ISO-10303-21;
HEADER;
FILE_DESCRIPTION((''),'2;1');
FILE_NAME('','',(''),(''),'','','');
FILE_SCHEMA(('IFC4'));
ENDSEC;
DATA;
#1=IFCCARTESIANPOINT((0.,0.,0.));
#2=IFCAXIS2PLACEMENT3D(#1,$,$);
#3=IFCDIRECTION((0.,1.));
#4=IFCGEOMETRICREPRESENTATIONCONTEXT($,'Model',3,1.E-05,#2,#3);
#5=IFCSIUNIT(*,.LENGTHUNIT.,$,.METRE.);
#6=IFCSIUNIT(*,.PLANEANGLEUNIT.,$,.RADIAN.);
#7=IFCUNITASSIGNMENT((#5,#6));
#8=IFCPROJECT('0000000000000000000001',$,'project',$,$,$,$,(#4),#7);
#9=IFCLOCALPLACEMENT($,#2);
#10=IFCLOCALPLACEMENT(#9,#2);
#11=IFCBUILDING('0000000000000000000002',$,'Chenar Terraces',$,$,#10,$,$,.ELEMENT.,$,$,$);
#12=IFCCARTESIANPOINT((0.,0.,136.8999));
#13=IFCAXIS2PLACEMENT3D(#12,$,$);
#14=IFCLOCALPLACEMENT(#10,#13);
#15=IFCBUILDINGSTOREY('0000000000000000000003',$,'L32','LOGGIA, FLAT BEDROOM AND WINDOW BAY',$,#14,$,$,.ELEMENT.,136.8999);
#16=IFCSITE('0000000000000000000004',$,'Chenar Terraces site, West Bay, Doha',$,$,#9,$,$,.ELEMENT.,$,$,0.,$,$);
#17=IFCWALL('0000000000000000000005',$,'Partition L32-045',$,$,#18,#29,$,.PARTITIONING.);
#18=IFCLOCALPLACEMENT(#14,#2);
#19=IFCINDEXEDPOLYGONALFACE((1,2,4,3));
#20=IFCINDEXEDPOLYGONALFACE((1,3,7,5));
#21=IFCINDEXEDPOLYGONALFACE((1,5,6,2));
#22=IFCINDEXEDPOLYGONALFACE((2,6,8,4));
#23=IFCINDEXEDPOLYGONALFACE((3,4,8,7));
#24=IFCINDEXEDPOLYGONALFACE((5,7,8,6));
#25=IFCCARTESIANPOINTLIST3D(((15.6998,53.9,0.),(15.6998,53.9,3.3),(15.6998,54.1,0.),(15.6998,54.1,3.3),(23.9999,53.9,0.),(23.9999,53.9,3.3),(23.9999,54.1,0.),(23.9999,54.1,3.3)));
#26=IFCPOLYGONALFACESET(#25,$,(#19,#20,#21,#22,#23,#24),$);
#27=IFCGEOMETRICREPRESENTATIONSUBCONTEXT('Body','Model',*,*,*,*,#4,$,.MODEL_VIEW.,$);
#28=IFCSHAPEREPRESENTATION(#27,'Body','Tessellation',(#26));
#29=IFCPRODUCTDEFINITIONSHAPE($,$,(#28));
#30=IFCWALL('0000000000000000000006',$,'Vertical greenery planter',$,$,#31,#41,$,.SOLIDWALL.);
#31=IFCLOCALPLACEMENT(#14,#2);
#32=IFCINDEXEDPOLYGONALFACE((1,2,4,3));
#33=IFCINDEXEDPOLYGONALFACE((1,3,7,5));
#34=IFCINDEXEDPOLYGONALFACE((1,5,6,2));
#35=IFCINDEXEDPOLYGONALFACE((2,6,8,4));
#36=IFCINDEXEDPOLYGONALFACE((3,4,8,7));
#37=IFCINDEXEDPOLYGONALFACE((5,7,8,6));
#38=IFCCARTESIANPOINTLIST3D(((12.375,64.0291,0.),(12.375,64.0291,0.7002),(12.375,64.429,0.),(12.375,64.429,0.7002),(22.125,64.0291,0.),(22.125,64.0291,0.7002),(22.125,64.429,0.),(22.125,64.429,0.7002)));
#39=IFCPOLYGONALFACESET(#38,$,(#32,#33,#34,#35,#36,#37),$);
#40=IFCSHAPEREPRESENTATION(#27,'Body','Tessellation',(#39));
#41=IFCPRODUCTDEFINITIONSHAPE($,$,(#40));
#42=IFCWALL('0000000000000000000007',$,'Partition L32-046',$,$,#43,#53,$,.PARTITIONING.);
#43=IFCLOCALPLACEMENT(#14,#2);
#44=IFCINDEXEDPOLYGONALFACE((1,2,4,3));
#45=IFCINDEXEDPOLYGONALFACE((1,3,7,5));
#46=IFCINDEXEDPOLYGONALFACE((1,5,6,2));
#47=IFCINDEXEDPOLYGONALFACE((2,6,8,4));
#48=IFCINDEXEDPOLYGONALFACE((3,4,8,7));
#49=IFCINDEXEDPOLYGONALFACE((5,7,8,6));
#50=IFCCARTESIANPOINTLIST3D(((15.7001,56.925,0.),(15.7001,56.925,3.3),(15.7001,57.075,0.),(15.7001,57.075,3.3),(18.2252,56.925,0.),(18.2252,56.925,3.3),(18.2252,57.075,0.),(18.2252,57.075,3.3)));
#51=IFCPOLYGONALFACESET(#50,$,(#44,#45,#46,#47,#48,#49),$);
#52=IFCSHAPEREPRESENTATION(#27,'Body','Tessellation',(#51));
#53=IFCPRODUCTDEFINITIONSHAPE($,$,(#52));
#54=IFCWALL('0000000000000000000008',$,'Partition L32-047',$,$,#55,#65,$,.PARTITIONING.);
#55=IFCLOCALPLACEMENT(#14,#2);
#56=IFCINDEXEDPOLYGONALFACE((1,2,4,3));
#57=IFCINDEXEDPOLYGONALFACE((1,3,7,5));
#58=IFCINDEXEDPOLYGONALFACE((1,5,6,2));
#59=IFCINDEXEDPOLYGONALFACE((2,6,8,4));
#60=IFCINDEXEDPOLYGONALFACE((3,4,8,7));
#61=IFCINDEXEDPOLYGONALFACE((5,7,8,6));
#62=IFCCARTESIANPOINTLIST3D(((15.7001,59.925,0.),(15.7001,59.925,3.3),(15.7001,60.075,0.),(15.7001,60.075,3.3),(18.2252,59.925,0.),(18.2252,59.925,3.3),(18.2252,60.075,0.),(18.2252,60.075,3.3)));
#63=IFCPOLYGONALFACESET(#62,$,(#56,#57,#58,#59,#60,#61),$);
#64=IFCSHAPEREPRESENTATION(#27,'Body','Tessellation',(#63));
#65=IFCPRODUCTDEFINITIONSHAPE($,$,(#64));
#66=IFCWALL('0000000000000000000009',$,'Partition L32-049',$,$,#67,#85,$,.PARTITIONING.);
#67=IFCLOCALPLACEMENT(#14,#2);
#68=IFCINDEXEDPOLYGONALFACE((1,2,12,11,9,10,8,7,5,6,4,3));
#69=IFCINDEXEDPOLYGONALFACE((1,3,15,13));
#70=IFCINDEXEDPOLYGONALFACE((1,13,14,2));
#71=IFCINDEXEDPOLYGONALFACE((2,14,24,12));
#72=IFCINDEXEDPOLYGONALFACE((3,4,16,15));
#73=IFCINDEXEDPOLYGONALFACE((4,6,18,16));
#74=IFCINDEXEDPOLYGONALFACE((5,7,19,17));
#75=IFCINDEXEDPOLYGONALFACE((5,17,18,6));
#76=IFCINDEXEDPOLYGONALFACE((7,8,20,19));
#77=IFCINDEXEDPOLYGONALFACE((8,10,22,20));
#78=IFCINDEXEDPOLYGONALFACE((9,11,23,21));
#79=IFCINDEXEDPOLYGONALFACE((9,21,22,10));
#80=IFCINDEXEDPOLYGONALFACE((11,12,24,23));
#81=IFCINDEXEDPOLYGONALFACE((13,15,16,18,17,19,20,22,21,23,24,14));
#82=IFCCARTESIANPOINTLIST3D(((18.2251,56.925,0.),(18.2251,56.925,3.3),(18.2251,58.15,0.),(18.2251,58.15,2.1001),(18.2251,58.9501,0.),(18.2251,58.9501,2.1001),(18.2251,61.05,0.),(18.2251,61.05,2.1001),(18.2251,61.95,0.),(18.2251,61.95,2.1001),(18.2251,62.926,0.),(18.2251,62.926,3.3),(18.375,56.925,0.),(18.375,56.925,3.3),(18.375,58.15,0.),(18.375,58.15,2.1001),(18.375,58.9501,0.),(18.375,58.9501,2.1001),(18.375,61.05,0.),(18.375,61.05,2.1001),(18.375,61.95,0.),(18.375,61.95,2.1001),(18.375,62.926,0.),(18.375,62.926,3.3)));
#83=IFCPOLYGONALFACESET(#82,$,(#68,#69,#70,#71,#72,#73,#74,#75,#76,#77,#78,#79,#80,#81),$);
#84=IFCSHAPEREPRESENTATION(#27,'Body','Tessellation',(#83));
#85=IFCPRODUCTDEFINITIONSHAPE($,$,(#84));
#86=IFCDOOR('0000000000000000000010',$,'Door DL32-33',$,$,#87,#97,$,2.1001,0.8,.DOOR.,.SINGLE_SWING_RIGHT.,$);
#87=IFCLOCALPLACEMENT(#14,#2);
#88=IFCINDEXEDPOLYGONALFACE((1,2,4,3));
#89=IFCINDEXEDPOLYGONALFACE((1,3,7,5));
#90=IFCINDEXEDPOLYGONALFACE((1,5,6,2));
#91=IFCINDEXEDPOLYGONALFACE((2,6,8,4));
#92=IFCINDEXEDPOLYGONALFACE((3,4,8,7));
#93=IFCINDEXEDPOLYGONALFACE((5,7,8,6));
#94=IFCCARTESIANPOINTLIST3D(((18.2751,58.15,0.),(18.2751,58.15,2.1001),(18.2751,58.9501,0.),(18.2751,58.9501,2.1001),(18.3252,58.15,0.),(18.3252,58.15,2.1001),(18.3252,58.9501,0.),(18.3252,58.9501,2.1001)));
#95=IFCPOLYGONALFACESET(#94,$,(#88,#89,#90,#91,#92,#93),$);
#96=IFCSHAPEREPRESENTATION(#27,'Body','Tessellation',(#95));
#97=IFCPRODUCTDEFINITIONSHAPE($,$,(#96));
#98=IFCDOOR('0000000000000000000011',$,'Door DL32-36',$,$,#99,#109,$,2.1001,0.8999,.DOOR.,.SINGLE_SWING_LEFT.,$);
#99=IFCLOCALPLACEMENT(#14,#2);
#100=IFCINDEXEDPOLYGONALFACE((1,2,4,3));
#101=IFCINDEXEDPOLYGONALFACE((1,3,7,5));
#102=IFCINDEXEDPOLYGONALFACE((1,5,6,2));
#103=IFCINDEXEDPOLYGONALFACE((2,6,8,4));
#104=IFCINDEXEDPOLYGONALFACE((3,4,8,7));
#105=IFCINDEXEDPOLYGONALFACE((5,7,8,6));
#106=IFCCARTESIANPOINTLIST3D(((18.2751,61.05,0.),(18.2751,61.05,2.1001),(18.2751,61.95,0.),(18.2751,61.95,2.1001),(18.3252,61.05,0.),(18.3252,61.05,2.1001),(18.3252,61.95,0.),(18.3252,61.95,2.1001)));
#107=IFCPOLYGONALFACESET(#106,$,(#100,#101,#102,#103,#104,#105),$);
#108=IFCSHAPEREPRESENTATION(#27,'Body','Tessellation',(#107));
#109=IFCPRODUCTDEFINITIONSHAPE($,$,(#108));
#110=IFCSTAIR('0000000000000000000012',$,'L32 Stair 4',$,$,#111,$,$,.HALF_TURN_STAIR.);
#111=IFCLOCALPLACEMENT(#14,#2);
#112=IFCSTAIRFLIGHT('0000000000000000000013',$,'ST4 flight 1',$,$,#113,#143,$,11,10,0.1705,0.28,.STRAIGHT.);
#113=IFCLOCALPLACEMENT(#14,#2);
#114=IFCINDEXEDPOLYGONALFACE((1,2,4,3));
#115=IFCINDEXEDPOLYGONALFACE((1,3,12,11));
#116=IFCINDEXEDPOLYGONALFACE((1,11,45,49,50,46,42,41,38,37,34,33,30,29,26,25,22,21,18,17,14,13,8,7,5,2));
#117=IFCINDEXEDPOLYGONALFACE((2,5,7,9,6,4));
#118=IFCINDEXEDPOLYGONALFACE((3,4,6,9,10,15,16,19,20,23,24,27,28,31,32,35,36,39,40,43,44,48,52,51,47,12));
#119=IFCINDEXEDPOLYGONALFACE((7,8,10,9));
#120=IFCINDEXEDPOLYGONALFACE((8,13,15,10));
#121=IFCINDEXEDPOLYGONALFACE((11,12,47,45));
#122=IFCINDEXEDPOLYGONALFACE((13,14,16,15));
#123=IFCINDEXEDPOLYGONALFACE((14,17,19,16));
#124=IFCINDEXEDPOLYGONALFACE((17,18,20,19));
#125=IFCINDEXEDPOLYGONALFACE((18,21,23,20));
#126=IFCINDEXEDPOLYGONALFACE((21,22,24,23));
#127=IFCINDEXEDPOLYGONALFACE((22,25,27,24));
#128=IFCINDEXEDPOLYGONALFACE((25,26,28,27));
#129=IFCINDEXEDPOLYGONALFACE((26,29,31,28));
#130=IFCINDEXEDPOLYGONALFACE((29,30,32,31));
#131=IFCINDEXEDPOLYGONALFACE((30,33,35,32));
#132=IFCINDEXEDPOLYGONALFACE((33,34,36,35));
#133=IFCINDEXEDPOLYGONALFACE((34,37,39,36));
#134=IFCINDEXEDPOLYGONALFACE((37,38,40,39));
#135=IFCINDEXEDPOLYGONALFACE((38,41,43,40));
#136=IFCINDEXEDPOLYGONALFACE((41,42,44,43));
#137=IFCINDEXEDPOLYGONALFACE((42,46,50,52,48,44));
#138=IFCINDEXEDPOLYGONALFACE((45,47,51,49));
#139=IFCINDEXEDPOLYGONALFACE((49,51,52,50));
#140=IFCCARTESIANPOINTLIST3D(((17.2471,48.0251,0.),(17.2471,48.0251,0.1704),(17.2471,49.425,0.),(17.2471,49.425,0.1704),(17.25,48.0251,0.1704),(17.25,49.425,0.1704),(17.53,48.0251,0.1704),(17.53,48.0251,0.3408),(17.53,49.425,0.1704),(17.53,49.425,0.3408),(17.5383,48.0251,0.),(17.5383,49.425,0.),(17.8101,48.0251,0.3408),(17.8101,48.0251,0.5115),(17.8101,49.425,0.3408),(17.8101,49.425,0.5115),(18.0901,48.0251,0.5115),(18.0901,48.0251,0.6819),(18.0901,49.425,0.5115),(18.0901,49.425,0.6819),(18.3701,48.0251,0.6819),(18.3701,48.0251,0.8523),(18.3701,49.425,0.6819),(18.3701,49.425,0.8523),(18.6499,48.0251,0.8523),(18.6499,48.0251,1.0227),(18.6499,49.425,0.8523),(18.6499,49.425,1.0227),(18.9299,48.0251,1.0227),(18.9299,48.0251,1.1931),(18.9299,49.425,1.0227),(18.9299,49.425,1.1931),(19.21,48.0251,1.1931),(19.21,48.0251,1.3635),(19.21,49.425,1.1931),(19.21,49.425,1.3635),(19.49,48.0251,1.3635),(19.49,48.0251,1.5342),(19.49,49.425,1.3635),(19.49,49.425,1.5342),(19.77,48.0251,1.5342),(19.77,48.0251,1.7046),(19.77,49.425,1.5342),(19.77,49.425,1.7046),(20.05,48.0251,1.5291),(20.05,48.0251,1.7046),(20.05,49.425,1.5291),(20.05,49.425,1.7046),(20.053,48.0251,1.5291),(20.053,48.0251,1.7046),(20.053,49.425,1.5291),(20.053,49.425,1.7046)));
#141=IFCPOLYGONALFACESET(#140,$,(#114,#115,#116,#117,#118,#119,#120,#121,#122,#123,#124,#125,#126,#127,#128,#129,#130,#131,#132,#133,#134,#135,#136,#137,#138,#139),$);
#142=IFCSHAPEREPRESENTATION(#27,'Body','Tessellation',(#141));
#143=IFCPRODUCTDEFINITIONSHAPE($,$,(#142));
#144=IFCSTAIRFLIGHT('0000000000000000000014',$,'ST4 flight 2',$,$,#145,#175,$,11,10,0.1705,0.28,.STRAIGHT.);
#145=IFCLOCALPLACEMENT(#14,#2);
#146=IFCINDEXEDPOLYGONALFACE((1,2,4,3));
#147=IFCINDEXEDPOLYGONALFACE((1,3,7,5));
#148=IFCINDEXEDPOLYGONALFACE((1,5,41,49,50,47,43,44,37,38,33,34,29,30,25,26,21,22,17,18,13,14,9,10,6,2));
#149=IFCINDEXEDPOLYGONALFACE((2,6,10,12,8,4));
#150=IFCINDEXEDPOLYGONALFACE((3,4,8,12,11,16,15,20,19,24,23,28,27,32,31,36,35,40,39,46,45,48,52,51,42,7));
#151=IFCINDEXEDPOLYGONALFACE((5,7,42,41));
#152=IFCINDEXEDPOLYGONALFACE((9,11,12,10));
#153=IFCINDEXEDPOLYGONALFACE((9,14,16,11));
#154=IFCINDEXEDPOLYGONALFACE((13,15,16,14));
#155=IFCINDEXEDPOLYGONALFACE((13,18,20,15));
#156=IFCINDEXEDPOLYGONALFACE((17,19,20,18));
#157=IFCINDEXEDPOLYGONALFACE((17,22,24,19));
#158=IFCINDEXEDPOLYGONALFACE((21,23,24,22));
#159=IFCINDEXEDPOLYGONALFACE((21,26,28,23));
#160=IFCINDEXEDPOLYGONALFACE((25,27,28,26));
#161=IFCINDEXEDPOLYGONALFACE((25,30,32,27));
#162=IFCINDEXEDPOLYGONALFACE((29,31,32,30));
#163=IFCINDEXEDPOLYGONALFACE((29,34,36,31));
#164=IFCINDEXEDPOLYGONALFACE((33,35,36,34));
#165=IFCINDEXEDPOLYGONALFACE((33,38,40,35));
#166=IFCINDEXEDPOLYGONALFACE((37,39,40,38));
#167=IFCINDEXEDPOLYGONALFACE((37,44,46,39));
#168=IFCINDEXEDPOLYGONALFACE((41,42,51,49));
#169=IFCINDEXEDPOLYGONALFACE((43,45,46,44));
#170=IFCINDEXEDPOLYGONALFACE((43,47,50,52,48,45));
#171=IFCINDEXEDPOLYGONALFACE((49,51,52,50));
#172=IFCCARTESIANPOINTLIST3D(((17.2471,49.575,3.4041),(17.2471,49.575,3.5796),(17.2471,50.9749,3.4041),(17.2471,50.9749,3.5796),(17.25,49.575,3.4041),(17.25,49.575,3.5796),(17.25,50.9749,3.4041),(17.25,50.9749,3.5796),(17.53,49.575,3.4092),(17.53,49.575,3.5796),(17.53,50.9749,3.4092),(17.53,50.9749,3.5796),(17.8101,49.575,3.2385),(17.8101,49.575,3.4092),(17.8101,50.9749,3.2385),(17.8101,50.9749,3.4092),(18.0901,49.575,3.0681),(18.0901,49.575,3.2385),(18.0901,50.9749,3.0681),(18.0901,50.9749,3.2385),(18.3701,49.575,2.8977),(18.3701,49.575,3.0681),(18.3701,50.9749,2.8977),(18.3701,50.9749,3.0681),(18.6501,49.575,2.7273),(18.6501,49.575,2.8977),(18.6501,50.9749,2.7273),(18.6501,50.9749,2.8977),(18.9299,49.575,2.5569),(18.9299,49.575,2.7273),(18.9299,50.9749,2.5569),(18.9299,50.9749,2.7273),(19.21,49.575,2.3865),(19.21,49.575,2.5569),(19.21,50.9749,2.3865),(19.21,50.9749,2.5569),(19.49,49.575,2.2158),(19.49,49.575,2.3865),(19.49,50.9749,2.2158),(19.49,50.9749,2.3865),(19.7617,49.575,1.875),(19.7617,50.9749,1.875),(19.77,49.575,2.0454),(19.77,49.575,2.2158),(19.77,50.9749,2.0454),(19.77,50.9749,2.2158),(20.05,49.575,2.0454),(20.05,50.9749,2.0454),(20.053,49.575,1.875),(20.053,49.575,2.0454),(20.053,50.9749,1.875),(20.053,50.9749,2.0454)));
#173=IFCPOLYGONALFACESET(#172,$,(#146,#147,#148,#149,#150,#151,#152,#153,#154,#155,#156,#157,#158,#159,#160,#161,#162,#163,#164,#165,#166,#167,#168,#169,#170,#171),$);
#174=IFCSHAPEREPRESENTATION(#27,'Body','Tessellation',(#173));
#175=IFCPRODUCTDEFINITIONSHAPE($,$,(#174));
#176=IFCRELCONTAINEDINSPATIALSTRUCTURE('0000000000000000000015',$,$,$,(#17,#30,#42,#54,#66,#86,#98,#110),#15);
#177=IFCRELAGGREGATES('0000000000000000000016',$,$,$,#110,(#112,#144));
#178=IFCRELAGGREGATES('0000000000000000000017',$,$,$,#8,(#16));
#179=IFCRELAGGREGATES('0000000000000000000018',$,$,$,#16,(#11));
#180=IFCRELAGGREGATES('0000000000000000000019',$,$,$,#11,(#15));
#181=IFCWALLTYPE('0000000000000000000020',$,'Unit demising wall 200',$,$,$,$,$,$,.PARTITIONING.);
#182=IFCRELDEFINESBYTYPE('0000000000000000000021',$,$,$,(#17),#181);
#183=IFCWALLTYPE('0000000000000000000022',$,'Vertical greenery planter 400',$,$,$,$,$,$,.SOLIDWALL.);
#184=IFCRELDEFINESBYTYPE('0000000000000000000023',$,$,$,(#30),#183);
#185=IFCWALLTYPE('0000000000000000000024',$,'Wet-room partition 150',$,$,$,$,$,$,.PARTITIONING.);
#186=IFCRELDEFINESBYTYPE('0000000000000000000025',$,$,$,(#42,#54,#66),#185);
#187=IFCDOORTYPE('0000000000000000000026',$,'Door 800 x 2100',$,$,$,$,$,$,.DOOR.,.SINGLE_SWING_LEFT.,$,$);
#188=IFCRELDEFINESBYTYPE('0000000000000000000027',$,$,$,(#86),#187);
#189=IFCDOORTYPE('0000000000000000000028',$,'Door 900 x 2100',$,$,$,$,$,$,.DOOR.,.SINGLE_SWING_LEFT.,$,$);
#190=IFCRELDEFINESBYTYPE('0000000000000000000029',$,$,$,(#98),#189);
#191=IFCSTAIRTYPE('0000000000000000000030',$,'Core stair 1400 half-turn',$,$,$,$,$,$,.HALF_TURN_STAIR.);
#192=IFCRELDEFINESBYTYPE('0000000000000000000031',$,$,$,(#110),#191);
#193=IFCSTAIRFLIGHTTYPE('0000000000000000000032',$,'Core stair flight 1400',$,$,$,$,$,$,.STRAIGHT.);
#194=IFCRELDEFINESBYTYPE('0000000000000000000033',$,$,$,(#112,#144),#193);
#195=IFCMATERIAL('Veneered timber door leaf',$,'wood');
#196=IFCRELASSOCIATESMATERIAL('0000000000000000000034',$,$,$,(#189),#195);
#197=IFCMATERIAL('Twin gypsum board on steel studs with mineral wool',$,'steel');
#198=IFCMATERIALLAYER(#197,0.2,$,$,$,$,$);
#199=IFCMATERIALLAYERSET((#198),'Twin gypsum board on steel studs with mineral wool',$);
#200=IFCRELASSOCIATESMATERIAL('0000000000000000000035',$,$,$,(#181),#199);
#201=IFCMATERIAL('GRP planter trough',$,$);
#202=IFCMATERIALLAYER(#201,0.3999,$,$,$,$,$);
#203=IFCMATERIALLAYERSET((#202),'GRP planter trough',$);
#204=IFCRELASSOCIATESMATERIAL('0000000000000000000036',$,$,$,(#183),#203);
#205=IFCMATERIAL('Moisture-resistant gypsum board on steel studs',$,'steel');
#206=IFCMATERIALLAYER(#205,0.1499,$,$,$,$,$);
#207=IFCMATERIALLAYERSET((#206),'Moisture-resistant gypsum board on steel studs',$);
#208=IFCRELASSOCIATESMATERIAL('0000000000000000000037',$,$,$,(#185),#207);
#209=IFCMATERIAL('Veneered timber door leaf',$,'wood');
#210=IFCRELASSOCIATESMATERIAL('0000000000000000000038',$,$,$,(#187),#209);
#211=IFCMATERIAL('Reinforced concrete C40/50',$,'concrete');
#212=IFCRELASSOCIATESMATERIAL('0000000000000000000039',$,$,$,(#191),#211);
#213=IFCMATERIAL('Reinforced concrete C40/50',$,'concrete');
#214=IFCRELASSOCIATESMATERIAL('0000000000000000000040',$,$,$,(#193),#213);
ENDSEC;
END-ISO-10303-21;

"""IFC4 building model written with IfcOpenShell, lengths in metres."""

from ifc_helpers import new_model, si_unit, direction, frame, frame_2d, origin, place, context, subcontext, project, spatial, polyline, rectangle, outline, extrude, material, layer, layer_set, type_object, element, fill, aggregate, save


model = new_model("IFC4")

# Units and contexts
model_context = context("Model", 3, precision=1e-05, world=origin(), true_north=direction((0.0, 1.0)))
body_context = subcontext(model_context, "Body", "Model", "MODEL_VIEW")
ifc_project = project(units=[si_unit("LENGTHUNIT", "METRE"), si_unit("PLANEANGLEUNIT", "RADIAN")], contexts=[model_context])

# Site, building, storey
site_placement = place(None, origin())
site = spatial("IfcSite", under=ifc_project, at=site_placement, Name="Chenar Terraces site, West Bay, Doha", CompositionType="ELEMENT", RefElevation=0.0)
building_placement = place(site_placement, origin())
building = spatial("IfcBuilding", under=site, at=building_placement, Name="Chenar Terraces", CompositionType="ELEMENT")
storey_placement = place(building_placement, frame((0.0, 0.0, 136.8999)))
storey = spatial("IfcBuildingStorey", under=building, at=storey_placement, Name="L32", Description="LOGGIA, FLAT BEDROOM AND WINDOW BAY", CompositionType="ELEMENT", Elevation=136.8999)

# Shared definitions
ifc_material_1 = material(Name="Veneered timber door leaf", Category="wood")
door_type_1 = type_object("IfcDoorType", Name="Door 900 x 2100", OperationType="SINGLE_SWING_LEFT", PredefinedType="DOOR", material=ifc_material_1)

# Walls
ifc_material_2 = material(Name="Twin gypsum board on steel studs with mineral wool", Category="steel")
ifc_layer_1 = layer(ifc_material_2, 0.2)
ifc_layer_set_1 = layer_set([ifc_layer_1], Name="Twin gypsum board on steel studs with mineral wool")
wall_type_1 = type_object("IfcWallType", Name="Unit demising wall 200", PredefinedType="PARTITIONING", material=ifc_layer_set_1)
wall_1_placement = place(storey_placement, frame((15.7, 54.0, 0.0), z_axis=(0.0, 0.0, 1.0), x_axis=(1.0, 0.0, 0.0)))
element("IfcWall", 1, at=wall_1_placement, inside=storey, type_object=wall_type_1, Name="Partition L32-045", PredefinedType="PARTITIONING", context=body_context, shape_type="SweptSolid", body=[
    extrude(rectangle(XDim=8.3, YDim=0.2, at=frame_2d((4.1499, 0.0))), origin(), (0.0, 0.0, 1.0), 3.3),
])
ifc_material_3 = material(Name="GRP planter trough")
ifc_layer_2 = layer(ifc_material_3, 0.3999)
ifc_layer_set_2 = layer_set([ifc_layer_2], Name="GRP planter trough")
wall_type_2 = type_object("IfcWallType", Name="Vertical greenery planter 400", PredefinedType="SOLIDWALL", material=ifc_layer_set_2)
wall_2_placement = place(storey_placement, frame((22.125, 64.229, 0.0), z_axis=(0.0, 0.0, 1.0), x_axis=(-1.0, 0.0, 0.0)))
element("IfcWall", 2, at=wall_2_placement, inside=storey, type_object=wall_type_2, Name="Vertical greenery planter", PredefinedType="SOLIDWALL", context=body_context, shape_type="SweptSolid", body=[
    extrude(rectangle(XDim=9.75, YDim=0.3999, at=frame_2d((4.875, 0.0))), origin(), (0.0, 0.0, 1.0), 0.7002),
])
ifc_material_4 = material(Name="Moisture-resistant gypsum board on steel studs", Category="steel")
ifc_layer_3 = layer(ifc_material_4, 0.1499)
ifc_layer_set_3 = layer_set([ifc_layer_3], Name="Moisture-resistant gypsum board on steel studs")
wall_type_3 = type_object("IfcWallType", Name="Wet-room partition 150", PredefinedType="PARTITIONING", material=ifc_layer_set_3)
for number, where, z_axis, x_axis, name in (
    (3, (15.7, 57.0, 0.0), (0.0, 0.0, 1.0), (1.0, 0.0, 0.0), "Partition L32-046"),
    (4, (15.7, 60.0, 0.0), (0.0, 0.0, 1.0), (1.0, 0.0, 0.0), "Partition L32-047"),
):
    element("IfcWall", number, at=place(storey_placement, frame(where, z_axis=z_axis, x_axis=x_axis)), inside=storey, type_object=wall_type_3, Name=name, PredefinedType="PARTITIONING", context=body_context, shape_type="SweptSolid", body=[
        extrude(rectangle(XDim=2.5251, YDim=0.1499, at=frame_2d((1.2627, 0.0))), origin(), (0.0, 0.0, 1.0), 3.3),
    ])

# Wall, openings, doors
wall_3_placement = place(storey_placement, frame((18.3, 56.925, 0.0), z_axis=(0.0, 0.0, 1.0), x_axis=(0.0, 1.0, 0.0)))
wall_3 = element("IfcWall", 5, at=wall_3_placement, inside=storey, type_object=wall_type_3, Name="Partition L32-049", PredefinedType="PARTITIONING", context=body_context, shape_type="SweptSolid", body=[
    extrude(rectangle(XDim=6.001, YDim=0.1499, at=frame_2d((3.0005, 0.0))), origin(), (0.0, 0.0, 1.0), 3.3),
])
opening_1_placement = place(wall_3_placement, frame((1.2251, 0.0, 0.0)))
opening_1 = element("IfcOpeningElement", 6, at=opening_1_placement, cuts=wall_3, PredefinedType="OPENING", context=body_context, shape_type="SweptSolid", body=[
    extrude(rectangle(XDim=0.8, YDim=2.1001, at=frame_2d((0.3999, 1.05))), frame((0.0, 0.085, 0.0), z_axis=(0.0, -1.0, 0.0), x_axis=(1.0, 0.0, 0.0)), (0.0, 0.0, 1.0), 0.1699),
])
opening_2_placement = place(wall_3_placement, frame((4.125, 0.0, 0.0)))
opening_2 = element("IfcOpeningElement", 7, at=opening_2_placement, cuts=wall_3, PredefinedType="OPENING", context=body_context, shape_type="SweptSolid", body=[
    extrude(rectangle(XDim=0.8999, YDim=2.1001, at=frame_2d((0.45, 1.05))), frame((0.0, 0.085, 0.0), z_axis=(0.0, -1.0, 0.0), x_axis=(1.0, 0.0, 0.0)), (0.0, 0.0, 1.0), 0.1699),
])
ifc_material_5 = material(Name="Veneered timber door leaf", Category="wood")
door_type_2 = type_object("IfcDoorType", Name="Door 800 x 2100", OperationType="SINGLE_SWING_LEFT", PredefinedType="DOOR", material=ifc_material_5)
door_1_placement = place(opening_1_placement, origin())
door_1 = element("IfcDoor", 8, at=door_1_placement, inside=storey, type_object=door_type_2, Name="Door DL32-33", OperationType="SINGLE_SWING_RIGHT", OverallHeight=2.1001, OverallWidth=0.8, PredefinedType="DOOR", context=body_context, shape_type="SweptSolid", body=[
    extrude(rectangle(XDim=0.8, YDim=2.1001, at=frame_2d((0.3999, 1.05))), frame((0.0, 0.0249, 0.0), z_axis=(0.0, -1.0, 0.0), x_axis=(1.0, 0.0, 0.0)), (0.0, 0.0, 1.0), 0.05),
])
fill(opening_1, door_1)
door_2_placement = place(opening_2_placement, origin())
door_2 = element("IfcDoor", 9, at=door_2_placement, inside=storey, type_object=door_type_1, Name="Door DL32-36", OperationType="SINGLE_SWING_LEFT", OverallHeight=2.1001, OverallWidth=0.8999, PredefinedType="DOOR", context=body_context, shape_type="SweptSolid", body=[
    extrude(rectangle(XDim=0.8999, YDim=2.1001, at=frame_2d((0.45, 1.05))), frame((0.0, 0.0249, 0.0), z_axis=(0.0, -1.0, 0.0), x_axis=(1.0, 0.0, 0.0)), (0.0, 0.0, 1.0), 0.05),
])
fill(opening_2, door_2)

# Stair, stair flights
ifc_material_6 = material(Name="Reinforced concrete C40/50", Category="concrete")
stair_type = type_object("IfcStairType", Name="Core stair 1400 half-turn", PredefinedType="HALF_TURN_STAIR", material=ifc_material_6)
stair_placement = place(storey_placement, origin())
stair = element("IfcStair", 10, at=stair_placement, inside=storey, type_object=stair_type, Name="L32 Stair 4", PredefinedType="HALF_TURN_STAIR")
ifc_material_7 = material(Name="Reinforced concrete C40/50", Category="concrete")
stair_flight_type = type_object("IfcStairFlightType", Name="Core stair flight 1400", PredefinedType="STRAIGHT", material=ifc_material_7)
stair_flight_1_placement = place(storey_placement, frame((17.25, 48.7251, 0.0), z_axis=(0.0, 0.0, 1.0), x_axis=(1.0, 0.0, 0.0)))
stair_flight_1 = element("IfcStairFlight", 11, at=stair_flight_1_placement, type_object=stair_flight_type, Name="ST4 flight 1", NumberOfRisers=11, NumberOfTreads=10, PredefinedType="STRAIGHT", RiserHeight=0.1705, TreadLength=0.28, context=body_context, shape_type="SweptSolid", body=[
    extrude(outline(polyline([(-0.0029, 0.0), (-0.0029, 0.1704), (0.0, 0.1704), (0.28, 0.1704), (0.28, 0.3408), (0.5601, 0.3408), (0.5601, 0.5115), (0.8401, 0.5115), (0.8401, 0.6819), (1.1201, 0.6819), (1.1201, 0.8523), (1.3999, 0.8523), (1.3999, 1.0227), (1.6799, 1.0227), (1.6799, 1.1931), (1.96, 1.1931), (1.96, 1.3635), (2.24, 1.3635), (2.24, 1.5342), (2.52, 1.5342), (2.52, 1.7046), (2.8, 1.7046), (2.803, 1.7046), (2.803, 1.5291), (2.8, 1.5291), (0.2883, 0.0), (-0.0029, 0.0)])), frame((0.0, 0.7, 0.0), z_axis=(0.0, -1.0, 0.0), x_axis=(1.0, 0.0, 0.0)), (0.0, 0.0, 1.0), 1.3999),
])
stair_flight_2_placement = place(storey_placement, frame((20.05, 50.2749, 1.875), z_axis=(0.0, 0.0, 1.0), x_axis=(-1.0, 0.0, 0.0)))
stair_flight_2 = element("IfcStairFlight", 12, at=stair_flight_2_placement, type_object=stair_flight_type, Name="ST4 flight 2", NumberOfRisers=11, NumberOfTreads=10, PredefinedType="STRAIGHT", RiserHeight=0.1705, TreadLength=0.28, context=body_context, shape_type="SweptSolid", body=[
    extrude(outline(polyline([(-0.0029, 0.0), (-0.0029, 0.1704), (0.0, 0.1704), (0.28, 0.1704), (0.28, 0.3408), (0.5601, 0.3408), (0.5601, 0.5115), (0.8401, 0.5115), (0.8401, 0.6819), (1.1201, 0.6819), (1.1201, 0.8523), (1.3999, 0.8523), (1.3999, 1.0227), (1.6799, 1.0227), (1.6799, 1.1931), (1.96, 1.1931), (1.96, 1.3635), (2.24, 1.3635), (2.24, 1.5342), (2.52, 1.5342), (2.52, 1.7046), (2.8, 1.7046), (2.803, 1.7046), (2.803, 1.5291), (2.8, 1.5291), (0.2883, 0.0), (-0.0029, 0.0)])), frame((0.0, 0.7, 0.0), z_axis=(0.0, -1.0, 0.0), x_axis=(1.0, 0.0, 0.0)), (0.0, 0.0, 1.0), 1.3999),
])
aggregate(stair, [stair_flight_1, stair_flight_2])

save(model, "model.ifc")
